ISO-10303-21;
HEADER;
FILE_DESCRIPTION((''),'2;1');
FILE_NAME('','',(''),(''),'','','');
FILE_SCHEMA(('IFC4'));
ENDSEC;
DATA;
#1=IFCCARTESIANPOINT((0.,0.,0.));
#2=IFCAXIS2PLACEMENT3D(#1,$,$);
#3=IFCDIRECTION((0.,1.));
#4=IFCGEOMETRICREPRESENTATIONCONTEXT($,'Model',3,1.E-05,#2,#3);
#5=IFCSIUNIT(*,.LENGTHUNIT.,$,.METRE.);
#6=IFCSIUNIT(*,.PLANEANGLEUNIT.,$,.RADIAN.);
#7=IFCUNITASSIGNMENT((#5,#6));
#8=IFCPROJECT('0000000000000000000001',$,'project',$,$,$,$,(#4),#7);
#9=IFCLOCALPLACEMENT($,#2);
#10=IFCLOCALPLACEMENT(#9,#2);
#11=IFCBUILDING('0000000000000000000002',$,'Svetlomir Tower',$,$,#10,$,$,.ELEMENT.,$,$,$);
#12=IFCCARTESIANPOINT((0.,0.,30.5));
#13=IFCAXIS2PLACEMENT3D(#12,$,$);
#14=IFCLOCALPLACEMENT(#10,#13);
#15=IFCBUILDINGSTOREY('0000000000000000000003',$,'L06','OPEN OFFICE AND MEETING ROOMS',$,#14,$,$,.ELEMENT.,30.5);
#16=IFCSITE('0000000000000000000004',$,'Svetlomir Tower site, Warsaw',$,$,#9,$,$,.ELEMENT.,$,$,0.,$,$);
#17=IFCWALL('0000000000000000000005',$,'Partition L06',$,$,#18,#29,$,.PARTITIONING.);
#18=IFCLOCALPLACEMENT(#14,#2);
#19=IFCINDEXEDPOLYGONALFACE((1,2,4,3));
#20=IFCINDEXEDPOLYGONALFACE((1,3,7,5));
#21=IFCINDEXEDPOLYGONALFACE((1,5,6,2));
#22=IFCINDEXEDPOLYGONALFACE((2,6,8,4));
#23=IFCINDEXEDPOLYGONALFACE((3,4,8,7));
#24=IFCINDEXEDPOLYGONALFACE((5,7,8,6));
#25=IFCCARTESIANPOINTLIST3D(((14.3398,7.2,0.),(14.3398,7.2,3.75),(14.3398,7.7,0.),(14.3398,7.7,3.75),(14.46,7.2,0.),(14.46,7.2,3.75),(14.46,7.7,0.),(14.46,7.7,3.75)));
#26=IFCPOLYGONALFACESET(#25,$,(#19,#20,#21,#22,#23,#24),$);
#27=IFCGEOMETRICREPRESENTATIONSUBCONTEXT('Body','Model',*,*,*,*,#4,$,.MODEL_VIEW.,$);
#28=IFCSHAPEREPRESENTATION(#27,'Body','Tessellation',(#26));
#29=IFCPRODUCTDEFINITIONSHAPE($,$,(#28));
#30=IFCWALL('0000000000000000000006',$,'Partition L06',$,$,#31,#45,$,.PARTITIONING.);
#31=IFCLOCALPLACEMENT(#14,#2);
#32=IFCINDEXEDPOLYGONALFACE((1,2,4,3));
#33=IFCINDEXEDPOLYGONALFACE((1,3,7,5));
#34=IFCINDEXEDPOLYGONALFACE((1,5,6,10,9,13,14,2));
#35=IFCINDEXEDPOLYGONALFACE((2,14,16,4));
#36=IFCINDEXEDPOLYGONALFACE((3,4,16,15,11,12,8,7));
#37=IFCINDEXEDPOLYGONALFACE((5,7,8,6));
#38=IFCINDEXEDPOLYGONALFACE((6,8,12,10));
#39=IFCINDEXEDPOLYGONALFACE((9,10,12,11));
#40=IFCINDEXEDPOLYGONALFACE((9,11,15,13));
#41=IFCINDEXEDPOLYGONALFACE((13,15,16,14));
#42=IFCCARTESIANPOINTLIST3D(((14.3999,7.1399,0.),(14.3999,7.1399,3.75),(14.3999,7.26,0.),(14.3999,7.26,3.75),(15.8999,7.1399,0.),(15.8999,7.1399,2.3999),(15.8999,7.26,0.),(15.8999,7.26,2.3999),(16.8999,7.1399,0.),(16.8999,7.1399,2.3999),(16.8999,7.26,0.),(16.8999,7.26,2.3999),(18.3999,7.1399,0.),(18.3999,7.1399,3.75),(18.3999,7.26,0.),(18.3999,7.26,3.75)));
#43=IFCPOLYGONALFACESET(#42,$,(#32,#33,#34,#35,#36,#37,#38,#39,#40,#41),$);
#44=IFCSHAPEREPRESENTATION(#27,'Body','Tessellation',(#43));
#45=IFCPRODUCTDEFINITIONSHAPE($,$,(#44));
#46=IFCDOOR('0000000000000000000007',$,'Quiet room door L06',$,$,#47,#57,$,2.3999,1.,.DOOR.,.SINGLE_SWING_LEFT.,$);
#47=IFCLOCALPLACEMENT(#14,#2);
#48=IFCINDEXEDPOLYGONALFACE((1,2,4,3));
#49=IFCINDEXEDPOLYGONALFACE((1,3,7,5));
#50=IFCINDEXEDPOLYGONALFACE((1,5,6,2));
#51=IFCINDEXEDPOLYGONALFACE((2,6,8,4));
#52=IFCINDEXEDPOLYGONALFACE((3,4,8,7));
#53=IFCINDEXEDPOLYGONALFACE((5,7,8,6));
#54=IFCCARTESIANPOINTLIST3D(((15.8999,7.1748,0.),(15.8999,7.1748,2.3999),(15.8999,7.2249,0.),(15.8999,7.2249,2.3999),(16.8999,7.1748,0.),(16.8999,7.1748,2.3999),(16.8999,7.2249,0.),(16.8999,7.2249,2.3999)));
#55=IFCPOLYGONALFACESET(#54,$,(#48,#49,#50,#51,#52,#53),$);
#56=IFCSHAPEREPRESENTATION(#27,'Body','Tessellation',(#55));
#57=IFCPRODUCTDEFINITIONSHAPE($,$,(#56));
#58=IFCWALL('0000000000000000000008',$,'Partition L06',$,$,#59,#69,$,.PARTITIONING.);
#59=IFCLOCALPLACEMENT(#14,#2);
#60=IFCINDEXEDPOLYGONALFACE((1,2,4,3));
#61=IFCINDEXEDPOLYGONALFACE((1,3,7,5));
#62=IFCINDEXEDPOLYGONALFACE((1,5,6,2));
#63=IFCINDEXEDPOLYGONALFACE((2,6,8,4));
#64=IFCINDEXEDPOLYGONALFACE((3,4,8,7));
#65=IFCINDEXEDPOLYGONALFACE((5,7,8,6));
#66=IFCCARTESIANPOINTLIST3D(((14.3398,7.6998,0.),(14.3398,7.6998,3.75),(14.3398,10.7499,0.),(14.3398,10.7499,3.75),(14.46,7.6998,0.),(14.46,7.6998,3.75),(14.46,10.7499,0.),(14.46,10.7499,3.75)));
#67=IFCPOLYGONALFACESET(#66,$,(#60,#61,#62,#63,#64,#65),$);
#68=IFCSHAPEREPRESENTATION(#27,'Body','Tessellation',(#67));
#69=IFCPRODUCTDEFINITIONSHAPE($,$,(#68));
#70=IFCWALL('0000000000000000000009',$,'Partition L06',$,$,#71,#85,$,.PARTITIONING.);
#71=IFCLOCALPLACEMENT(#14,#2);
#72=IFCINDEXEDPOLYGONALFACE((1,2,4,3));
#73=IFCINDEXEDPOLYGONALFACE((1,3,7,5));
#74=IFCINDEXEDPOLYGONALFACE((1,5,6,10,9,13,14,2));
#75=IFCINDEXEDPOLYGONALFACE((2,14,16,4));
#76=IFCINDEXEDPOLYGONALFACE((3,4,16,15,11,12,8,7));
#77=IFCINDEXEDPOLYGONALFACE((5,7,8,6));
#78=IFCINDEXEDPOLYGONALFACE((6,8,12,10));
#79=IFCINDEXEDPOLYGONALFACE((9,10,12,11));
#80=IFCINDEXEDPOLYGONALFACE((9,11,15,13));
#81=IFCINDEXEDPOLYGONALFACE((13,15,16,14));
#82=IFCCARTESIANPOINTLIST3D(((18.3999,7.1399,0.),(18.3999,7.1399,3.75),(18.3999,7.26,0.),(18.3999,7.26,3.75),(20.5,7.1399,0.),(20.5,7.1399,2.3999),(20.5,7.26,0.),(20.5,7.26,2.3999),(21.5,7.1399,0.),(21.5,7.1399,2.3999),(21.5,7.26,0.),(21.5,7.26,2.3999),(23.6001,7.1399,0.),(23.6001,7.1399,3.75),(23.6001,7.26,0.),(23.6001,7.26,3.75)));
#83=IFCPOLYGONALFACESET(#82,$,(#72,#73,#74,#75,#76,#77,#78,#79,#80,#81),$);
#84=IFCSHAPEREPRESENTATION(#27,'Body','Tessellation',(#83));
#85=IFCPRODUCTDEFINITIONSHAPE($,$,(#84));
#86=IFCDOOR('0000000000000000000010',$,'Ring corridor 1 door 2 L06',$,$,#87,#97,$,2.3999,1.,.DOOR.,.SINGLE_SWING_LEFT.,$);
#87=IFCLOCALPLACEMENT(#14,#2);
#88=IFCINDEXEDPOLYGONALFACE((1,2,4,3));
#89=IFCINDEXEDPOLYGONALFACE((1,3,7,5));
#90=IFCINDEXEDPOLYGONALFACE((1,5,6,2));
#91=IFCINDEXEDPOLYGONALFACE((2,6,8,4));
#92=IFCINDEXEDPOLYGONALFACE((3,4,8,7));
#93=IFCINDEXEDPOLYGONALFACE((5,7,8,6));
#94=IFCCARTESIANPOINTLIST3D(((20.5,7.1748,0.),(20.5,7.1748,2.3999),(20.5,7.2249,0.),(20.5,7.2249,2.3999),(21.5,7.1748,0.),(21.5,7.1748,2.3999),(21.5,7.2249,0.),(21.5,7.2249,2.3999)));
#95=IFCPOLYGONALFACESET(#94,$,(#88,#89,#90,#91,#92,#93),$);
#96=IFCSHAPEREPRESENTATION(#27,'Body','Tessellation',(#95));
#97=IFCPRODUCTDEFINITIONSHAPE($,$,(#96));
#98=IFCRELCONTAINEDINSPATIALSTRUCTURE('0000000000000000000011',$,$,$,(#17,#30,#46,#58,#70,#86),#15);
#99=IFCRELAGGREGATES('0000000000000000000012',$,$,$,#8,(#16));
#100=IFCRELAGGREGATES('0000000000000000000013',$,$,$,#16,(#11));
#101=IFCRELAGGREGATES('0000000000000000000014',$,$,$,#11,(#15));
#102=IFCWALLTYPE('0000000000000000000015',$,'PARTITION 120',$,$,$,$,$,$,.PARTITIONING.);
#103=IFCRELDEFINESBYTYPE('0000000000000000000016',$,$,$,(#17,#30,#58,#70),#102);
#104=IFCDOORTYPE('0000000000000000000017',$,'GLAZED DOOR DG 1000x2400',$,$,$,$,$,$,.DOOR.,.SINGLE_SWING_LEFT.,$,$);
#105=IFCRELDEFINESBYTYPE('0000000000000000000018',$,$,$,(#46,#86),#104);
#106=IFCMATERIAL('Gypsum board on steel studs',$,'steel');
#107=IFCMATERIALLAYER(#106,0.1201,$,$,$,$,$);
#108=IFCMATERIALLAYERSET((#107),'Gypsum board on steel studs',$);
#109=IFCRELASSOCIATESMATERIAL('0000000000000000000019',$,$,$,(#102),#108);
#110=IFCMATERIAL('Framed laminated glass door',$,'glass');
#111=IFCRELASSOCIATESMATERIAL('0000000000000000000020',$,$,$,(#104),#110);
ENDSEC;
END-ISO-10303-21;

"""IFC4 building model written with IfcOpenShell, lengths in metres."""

from ifc_helpers import new_model, si_unit, direction, frame, frame_2d, origin, place, context, subcontext, project, spatial, rectangle, extrude, material, layer, layer_set, type_object, element, fill, save


model = new_model("IFC4")

# Units and contexts
model_context = context("Model", 3, precision=1e-05, world=origin(), true_north=direction((0.0, 1.0)))
body_context = subcontext(model_context, "Body", "Model", "MODEL_VIEW")
ifc_project = project(units=[si_unit("LENGTHUNIT", "METRE"), si_unit("PLANEANGLEUNIT", "RADIAN")], contexts=[model_context])

# Site, building, storey
site_placement = place(None, origin())
site = spatial("IfcSite", under=ifc_project, at=site_placement, Name="Svetlomir Tower site, Warsaw", CompositionType="ELEMENT", RefElevation=0.0)
building_placement = place(site_placement, origin())
building = spatial("IfcBuilding", under=site, at=building_placement, Name="Svetlomir Tower", CompositionType="ELEMENT")
storey_placement = place(building_placement, frame((0.0, 0.0, 30.5)))
storey = spatial("IfcBuildingStorey", under=building, at=storey_placement, Name="L06", Description="OPEN OFFICE AND MEETING ROOMS", CompositionType="ELEMENT", Elevation=30.5)

# Wall
ifc_material_1 = material(Name="Gypsum board on steel studs", Category="steel")
ifc_layer_1 = layer(ifc_material_1, 0.1201)
ifc_layer_set_1 = layer_set([ifc_layer_1], Name="Gypsum board on steel studs")
wall_type_1 = type_object("IfcWallType", Name="PARTITION 120", PredefinedType="PARTITIONING", material=ifc_layer_set_1)
wall_1_placement = place(storey_placement, frame((14.3999, 7.2, 0.0), z_axis=(0.0, 0.0, 1.0), x_axis=(0.0, 1.0, 0.0)))
element("IfcWall", 1, at=wall_1_placement, inside=storey, type_object=wall_type_1, Name="Partition L06", PredefinedType="PARTITIONING", context=body_context, shape_type="SweptSolid", body=[
    extrude(rectangle(XDim=0.5, YDim=0.1201, at=frame_2d((0.25, 0.0))), origin(), (0.0, 0.0, 1.0), 3.75),
])

# Wall, opening, door
wall_2_placement = place(storey_placement, frame((14.3999, 7.2, 0.0), z_axis=(0.0, 0.0, 1.0), x_axis=(1.0, 0.0, 0.0)))
wall_2 = element("IfcWall", 2, at=wall_2_placement, inside=storey, type_object=wall_type_1, Name="Partition L06", PredefinedType="PARTITIONING", context=body_context, shape_type="SweptSolid", body=[
    extrude(rectangle(XDim=4.0, YDim=0.1201, at=frame_2d((2.0, 0.0))), origin(), (0.0, 0.0, 1.0), 3.75),
])
opening_1_placement = place(wall_2_placement, frame((1.5, 0.0, 0.0)))
opening_1 = element("IfcOpeningElement", 3, at=opening_1_placement, cuts=wall_2, PredefinedType="OPENING", context=body_context, shape_type="SweptSolid", body=[
    extrude(rectangle(XDim=1.0, YDim=2.3999, at=frame_2d((0.5, 1.2))), frame((0.0, 0.0701, 0.0), z_axis=(0.0, -1.0, 0.0), x_axis=(1.0, 0.0, 0.0)), (0.0, 0.0, 1.0), 0.1401),
])
ifc_material_2 = material(Name="Framed laminated glass door", Category="glass")
door_type_1 = type_object("IfcDoorType", Name="GLAZED DOOR DG 1000x2400", OperationType="SINGLE_SWING_LEFT", PredefinedType="DOOR", material=ifc_material_2)
door_1_placement = place(opening_1_placement, origin())
door_1 = element("IfcDoor", 4, at=door_1_placement, inside=storey, type_object=door_type_1, Name="Quiet room door L06", OperationType="SINGLE_SWING_LEFT", OverallHeight=2.3999, OverallWidth=1.0, PredefinedType="DOOR", context=body_context, shape_type="SweptSolid", body=[
    extrude(rectangle(XDim=1.0, YDim=2.3999, at=frame_2d((0.5, 1.2))), frame((0.0, 0.0249, 0.0), z_axis=(0.0, -1.0, 0.0), x_axis=(1.0, 0.0, 0.0)), (0.0, 0.0, 1.0), 0.05),
])
fill(opening_1, door_1)

# Wall
wall_3_placement = place(storey_placement, frame((14.3999, 7.7, 0.0), z_axis=(0.0, 0.0, 1.0), x_axis=(0.0, 1.0, 0.0)))
element("IfcWall", 5, at=wall_3_placement, inside=storey, type_object=wall_type_1, Name="Partition L06", PredefinedType="PARTITIONING", context=body_context, shape_type="SweptSolid", body=[
    extrude(rectangle(XDim=3.05, YDim=0.1201, at=frame_2d((1.5249, 0.0))), origin(), (0.0, 0.0, 1.0), 3.75),
])

# Wall, opening, door
wall_4_placement = place(storey_placement, frame((18.3999, 7.2, 0.0), z_axis=(0.0, 0.0, 1.0), x_axis=(1.0, 0.0, 0.0)))
wall_4 = element("IfcWall", 6, at=wall_4_placement, inside=storey, type_object=wall_type_1, Name="Partition L06", PredefinedType="PARTITIONING", context=body_context, shape_type="SweptSolid", body=[
    extrude(rectangle(XDim=5.2002, YDim=0.1201, at=frame_2d((2.6001, 0.0))), origin(), (0.0, 0.0, 1.0), 3.75),
])
opening_2_placement = place(wall_4_placement, frame((2.1001, 0.0, 0.0)))
opening_2 = element("IfcOpeningElement", 7, at=opening_2_placement, cuts=wall_4, PredefinedType="OPENING", context=body_context, shape_type="SweptSolid", body=[
    extrude(rectangle(XDim=1.0, YDim=2.3999, at=frame_2d((0.5, 1.2))), frame((0.0, 0.0701, 0.0), z_axis=(0.0, -1.0, 0.0), x_axis=(1.0, 0.0, 0.0)), (0.0, 0.0, 1.0), 0.1401),
])
door_2_placement = place(opening_2_placement, origin())
door_2 = element("IfcDoor", 8, at=door_2_placement, inside=storey, type_object=door_type_1, Name="Ring corridor 1 door 2 L06", OperationType="SINGLE_SWING_LEFT", OverallHeight=2.3999, OverallWidth=1.0, PredefinedType="DOOR", context=body_context, shape_type="SweptSolid", body=[
    extrude(rectangle(XDim=1.0, YDim=2.3999, at=frame_2d((0.5, 1.2))), frame((0.0, 0.0249, 0.0), z_axis=(0.0, -1.0, 0.0), x_axis=(1.0, 0.0, 0.0)), (0.0, 0.0, 1.0), 0.05),
])
fill(opening_2, door_2)

save(model, "model.ifc")
